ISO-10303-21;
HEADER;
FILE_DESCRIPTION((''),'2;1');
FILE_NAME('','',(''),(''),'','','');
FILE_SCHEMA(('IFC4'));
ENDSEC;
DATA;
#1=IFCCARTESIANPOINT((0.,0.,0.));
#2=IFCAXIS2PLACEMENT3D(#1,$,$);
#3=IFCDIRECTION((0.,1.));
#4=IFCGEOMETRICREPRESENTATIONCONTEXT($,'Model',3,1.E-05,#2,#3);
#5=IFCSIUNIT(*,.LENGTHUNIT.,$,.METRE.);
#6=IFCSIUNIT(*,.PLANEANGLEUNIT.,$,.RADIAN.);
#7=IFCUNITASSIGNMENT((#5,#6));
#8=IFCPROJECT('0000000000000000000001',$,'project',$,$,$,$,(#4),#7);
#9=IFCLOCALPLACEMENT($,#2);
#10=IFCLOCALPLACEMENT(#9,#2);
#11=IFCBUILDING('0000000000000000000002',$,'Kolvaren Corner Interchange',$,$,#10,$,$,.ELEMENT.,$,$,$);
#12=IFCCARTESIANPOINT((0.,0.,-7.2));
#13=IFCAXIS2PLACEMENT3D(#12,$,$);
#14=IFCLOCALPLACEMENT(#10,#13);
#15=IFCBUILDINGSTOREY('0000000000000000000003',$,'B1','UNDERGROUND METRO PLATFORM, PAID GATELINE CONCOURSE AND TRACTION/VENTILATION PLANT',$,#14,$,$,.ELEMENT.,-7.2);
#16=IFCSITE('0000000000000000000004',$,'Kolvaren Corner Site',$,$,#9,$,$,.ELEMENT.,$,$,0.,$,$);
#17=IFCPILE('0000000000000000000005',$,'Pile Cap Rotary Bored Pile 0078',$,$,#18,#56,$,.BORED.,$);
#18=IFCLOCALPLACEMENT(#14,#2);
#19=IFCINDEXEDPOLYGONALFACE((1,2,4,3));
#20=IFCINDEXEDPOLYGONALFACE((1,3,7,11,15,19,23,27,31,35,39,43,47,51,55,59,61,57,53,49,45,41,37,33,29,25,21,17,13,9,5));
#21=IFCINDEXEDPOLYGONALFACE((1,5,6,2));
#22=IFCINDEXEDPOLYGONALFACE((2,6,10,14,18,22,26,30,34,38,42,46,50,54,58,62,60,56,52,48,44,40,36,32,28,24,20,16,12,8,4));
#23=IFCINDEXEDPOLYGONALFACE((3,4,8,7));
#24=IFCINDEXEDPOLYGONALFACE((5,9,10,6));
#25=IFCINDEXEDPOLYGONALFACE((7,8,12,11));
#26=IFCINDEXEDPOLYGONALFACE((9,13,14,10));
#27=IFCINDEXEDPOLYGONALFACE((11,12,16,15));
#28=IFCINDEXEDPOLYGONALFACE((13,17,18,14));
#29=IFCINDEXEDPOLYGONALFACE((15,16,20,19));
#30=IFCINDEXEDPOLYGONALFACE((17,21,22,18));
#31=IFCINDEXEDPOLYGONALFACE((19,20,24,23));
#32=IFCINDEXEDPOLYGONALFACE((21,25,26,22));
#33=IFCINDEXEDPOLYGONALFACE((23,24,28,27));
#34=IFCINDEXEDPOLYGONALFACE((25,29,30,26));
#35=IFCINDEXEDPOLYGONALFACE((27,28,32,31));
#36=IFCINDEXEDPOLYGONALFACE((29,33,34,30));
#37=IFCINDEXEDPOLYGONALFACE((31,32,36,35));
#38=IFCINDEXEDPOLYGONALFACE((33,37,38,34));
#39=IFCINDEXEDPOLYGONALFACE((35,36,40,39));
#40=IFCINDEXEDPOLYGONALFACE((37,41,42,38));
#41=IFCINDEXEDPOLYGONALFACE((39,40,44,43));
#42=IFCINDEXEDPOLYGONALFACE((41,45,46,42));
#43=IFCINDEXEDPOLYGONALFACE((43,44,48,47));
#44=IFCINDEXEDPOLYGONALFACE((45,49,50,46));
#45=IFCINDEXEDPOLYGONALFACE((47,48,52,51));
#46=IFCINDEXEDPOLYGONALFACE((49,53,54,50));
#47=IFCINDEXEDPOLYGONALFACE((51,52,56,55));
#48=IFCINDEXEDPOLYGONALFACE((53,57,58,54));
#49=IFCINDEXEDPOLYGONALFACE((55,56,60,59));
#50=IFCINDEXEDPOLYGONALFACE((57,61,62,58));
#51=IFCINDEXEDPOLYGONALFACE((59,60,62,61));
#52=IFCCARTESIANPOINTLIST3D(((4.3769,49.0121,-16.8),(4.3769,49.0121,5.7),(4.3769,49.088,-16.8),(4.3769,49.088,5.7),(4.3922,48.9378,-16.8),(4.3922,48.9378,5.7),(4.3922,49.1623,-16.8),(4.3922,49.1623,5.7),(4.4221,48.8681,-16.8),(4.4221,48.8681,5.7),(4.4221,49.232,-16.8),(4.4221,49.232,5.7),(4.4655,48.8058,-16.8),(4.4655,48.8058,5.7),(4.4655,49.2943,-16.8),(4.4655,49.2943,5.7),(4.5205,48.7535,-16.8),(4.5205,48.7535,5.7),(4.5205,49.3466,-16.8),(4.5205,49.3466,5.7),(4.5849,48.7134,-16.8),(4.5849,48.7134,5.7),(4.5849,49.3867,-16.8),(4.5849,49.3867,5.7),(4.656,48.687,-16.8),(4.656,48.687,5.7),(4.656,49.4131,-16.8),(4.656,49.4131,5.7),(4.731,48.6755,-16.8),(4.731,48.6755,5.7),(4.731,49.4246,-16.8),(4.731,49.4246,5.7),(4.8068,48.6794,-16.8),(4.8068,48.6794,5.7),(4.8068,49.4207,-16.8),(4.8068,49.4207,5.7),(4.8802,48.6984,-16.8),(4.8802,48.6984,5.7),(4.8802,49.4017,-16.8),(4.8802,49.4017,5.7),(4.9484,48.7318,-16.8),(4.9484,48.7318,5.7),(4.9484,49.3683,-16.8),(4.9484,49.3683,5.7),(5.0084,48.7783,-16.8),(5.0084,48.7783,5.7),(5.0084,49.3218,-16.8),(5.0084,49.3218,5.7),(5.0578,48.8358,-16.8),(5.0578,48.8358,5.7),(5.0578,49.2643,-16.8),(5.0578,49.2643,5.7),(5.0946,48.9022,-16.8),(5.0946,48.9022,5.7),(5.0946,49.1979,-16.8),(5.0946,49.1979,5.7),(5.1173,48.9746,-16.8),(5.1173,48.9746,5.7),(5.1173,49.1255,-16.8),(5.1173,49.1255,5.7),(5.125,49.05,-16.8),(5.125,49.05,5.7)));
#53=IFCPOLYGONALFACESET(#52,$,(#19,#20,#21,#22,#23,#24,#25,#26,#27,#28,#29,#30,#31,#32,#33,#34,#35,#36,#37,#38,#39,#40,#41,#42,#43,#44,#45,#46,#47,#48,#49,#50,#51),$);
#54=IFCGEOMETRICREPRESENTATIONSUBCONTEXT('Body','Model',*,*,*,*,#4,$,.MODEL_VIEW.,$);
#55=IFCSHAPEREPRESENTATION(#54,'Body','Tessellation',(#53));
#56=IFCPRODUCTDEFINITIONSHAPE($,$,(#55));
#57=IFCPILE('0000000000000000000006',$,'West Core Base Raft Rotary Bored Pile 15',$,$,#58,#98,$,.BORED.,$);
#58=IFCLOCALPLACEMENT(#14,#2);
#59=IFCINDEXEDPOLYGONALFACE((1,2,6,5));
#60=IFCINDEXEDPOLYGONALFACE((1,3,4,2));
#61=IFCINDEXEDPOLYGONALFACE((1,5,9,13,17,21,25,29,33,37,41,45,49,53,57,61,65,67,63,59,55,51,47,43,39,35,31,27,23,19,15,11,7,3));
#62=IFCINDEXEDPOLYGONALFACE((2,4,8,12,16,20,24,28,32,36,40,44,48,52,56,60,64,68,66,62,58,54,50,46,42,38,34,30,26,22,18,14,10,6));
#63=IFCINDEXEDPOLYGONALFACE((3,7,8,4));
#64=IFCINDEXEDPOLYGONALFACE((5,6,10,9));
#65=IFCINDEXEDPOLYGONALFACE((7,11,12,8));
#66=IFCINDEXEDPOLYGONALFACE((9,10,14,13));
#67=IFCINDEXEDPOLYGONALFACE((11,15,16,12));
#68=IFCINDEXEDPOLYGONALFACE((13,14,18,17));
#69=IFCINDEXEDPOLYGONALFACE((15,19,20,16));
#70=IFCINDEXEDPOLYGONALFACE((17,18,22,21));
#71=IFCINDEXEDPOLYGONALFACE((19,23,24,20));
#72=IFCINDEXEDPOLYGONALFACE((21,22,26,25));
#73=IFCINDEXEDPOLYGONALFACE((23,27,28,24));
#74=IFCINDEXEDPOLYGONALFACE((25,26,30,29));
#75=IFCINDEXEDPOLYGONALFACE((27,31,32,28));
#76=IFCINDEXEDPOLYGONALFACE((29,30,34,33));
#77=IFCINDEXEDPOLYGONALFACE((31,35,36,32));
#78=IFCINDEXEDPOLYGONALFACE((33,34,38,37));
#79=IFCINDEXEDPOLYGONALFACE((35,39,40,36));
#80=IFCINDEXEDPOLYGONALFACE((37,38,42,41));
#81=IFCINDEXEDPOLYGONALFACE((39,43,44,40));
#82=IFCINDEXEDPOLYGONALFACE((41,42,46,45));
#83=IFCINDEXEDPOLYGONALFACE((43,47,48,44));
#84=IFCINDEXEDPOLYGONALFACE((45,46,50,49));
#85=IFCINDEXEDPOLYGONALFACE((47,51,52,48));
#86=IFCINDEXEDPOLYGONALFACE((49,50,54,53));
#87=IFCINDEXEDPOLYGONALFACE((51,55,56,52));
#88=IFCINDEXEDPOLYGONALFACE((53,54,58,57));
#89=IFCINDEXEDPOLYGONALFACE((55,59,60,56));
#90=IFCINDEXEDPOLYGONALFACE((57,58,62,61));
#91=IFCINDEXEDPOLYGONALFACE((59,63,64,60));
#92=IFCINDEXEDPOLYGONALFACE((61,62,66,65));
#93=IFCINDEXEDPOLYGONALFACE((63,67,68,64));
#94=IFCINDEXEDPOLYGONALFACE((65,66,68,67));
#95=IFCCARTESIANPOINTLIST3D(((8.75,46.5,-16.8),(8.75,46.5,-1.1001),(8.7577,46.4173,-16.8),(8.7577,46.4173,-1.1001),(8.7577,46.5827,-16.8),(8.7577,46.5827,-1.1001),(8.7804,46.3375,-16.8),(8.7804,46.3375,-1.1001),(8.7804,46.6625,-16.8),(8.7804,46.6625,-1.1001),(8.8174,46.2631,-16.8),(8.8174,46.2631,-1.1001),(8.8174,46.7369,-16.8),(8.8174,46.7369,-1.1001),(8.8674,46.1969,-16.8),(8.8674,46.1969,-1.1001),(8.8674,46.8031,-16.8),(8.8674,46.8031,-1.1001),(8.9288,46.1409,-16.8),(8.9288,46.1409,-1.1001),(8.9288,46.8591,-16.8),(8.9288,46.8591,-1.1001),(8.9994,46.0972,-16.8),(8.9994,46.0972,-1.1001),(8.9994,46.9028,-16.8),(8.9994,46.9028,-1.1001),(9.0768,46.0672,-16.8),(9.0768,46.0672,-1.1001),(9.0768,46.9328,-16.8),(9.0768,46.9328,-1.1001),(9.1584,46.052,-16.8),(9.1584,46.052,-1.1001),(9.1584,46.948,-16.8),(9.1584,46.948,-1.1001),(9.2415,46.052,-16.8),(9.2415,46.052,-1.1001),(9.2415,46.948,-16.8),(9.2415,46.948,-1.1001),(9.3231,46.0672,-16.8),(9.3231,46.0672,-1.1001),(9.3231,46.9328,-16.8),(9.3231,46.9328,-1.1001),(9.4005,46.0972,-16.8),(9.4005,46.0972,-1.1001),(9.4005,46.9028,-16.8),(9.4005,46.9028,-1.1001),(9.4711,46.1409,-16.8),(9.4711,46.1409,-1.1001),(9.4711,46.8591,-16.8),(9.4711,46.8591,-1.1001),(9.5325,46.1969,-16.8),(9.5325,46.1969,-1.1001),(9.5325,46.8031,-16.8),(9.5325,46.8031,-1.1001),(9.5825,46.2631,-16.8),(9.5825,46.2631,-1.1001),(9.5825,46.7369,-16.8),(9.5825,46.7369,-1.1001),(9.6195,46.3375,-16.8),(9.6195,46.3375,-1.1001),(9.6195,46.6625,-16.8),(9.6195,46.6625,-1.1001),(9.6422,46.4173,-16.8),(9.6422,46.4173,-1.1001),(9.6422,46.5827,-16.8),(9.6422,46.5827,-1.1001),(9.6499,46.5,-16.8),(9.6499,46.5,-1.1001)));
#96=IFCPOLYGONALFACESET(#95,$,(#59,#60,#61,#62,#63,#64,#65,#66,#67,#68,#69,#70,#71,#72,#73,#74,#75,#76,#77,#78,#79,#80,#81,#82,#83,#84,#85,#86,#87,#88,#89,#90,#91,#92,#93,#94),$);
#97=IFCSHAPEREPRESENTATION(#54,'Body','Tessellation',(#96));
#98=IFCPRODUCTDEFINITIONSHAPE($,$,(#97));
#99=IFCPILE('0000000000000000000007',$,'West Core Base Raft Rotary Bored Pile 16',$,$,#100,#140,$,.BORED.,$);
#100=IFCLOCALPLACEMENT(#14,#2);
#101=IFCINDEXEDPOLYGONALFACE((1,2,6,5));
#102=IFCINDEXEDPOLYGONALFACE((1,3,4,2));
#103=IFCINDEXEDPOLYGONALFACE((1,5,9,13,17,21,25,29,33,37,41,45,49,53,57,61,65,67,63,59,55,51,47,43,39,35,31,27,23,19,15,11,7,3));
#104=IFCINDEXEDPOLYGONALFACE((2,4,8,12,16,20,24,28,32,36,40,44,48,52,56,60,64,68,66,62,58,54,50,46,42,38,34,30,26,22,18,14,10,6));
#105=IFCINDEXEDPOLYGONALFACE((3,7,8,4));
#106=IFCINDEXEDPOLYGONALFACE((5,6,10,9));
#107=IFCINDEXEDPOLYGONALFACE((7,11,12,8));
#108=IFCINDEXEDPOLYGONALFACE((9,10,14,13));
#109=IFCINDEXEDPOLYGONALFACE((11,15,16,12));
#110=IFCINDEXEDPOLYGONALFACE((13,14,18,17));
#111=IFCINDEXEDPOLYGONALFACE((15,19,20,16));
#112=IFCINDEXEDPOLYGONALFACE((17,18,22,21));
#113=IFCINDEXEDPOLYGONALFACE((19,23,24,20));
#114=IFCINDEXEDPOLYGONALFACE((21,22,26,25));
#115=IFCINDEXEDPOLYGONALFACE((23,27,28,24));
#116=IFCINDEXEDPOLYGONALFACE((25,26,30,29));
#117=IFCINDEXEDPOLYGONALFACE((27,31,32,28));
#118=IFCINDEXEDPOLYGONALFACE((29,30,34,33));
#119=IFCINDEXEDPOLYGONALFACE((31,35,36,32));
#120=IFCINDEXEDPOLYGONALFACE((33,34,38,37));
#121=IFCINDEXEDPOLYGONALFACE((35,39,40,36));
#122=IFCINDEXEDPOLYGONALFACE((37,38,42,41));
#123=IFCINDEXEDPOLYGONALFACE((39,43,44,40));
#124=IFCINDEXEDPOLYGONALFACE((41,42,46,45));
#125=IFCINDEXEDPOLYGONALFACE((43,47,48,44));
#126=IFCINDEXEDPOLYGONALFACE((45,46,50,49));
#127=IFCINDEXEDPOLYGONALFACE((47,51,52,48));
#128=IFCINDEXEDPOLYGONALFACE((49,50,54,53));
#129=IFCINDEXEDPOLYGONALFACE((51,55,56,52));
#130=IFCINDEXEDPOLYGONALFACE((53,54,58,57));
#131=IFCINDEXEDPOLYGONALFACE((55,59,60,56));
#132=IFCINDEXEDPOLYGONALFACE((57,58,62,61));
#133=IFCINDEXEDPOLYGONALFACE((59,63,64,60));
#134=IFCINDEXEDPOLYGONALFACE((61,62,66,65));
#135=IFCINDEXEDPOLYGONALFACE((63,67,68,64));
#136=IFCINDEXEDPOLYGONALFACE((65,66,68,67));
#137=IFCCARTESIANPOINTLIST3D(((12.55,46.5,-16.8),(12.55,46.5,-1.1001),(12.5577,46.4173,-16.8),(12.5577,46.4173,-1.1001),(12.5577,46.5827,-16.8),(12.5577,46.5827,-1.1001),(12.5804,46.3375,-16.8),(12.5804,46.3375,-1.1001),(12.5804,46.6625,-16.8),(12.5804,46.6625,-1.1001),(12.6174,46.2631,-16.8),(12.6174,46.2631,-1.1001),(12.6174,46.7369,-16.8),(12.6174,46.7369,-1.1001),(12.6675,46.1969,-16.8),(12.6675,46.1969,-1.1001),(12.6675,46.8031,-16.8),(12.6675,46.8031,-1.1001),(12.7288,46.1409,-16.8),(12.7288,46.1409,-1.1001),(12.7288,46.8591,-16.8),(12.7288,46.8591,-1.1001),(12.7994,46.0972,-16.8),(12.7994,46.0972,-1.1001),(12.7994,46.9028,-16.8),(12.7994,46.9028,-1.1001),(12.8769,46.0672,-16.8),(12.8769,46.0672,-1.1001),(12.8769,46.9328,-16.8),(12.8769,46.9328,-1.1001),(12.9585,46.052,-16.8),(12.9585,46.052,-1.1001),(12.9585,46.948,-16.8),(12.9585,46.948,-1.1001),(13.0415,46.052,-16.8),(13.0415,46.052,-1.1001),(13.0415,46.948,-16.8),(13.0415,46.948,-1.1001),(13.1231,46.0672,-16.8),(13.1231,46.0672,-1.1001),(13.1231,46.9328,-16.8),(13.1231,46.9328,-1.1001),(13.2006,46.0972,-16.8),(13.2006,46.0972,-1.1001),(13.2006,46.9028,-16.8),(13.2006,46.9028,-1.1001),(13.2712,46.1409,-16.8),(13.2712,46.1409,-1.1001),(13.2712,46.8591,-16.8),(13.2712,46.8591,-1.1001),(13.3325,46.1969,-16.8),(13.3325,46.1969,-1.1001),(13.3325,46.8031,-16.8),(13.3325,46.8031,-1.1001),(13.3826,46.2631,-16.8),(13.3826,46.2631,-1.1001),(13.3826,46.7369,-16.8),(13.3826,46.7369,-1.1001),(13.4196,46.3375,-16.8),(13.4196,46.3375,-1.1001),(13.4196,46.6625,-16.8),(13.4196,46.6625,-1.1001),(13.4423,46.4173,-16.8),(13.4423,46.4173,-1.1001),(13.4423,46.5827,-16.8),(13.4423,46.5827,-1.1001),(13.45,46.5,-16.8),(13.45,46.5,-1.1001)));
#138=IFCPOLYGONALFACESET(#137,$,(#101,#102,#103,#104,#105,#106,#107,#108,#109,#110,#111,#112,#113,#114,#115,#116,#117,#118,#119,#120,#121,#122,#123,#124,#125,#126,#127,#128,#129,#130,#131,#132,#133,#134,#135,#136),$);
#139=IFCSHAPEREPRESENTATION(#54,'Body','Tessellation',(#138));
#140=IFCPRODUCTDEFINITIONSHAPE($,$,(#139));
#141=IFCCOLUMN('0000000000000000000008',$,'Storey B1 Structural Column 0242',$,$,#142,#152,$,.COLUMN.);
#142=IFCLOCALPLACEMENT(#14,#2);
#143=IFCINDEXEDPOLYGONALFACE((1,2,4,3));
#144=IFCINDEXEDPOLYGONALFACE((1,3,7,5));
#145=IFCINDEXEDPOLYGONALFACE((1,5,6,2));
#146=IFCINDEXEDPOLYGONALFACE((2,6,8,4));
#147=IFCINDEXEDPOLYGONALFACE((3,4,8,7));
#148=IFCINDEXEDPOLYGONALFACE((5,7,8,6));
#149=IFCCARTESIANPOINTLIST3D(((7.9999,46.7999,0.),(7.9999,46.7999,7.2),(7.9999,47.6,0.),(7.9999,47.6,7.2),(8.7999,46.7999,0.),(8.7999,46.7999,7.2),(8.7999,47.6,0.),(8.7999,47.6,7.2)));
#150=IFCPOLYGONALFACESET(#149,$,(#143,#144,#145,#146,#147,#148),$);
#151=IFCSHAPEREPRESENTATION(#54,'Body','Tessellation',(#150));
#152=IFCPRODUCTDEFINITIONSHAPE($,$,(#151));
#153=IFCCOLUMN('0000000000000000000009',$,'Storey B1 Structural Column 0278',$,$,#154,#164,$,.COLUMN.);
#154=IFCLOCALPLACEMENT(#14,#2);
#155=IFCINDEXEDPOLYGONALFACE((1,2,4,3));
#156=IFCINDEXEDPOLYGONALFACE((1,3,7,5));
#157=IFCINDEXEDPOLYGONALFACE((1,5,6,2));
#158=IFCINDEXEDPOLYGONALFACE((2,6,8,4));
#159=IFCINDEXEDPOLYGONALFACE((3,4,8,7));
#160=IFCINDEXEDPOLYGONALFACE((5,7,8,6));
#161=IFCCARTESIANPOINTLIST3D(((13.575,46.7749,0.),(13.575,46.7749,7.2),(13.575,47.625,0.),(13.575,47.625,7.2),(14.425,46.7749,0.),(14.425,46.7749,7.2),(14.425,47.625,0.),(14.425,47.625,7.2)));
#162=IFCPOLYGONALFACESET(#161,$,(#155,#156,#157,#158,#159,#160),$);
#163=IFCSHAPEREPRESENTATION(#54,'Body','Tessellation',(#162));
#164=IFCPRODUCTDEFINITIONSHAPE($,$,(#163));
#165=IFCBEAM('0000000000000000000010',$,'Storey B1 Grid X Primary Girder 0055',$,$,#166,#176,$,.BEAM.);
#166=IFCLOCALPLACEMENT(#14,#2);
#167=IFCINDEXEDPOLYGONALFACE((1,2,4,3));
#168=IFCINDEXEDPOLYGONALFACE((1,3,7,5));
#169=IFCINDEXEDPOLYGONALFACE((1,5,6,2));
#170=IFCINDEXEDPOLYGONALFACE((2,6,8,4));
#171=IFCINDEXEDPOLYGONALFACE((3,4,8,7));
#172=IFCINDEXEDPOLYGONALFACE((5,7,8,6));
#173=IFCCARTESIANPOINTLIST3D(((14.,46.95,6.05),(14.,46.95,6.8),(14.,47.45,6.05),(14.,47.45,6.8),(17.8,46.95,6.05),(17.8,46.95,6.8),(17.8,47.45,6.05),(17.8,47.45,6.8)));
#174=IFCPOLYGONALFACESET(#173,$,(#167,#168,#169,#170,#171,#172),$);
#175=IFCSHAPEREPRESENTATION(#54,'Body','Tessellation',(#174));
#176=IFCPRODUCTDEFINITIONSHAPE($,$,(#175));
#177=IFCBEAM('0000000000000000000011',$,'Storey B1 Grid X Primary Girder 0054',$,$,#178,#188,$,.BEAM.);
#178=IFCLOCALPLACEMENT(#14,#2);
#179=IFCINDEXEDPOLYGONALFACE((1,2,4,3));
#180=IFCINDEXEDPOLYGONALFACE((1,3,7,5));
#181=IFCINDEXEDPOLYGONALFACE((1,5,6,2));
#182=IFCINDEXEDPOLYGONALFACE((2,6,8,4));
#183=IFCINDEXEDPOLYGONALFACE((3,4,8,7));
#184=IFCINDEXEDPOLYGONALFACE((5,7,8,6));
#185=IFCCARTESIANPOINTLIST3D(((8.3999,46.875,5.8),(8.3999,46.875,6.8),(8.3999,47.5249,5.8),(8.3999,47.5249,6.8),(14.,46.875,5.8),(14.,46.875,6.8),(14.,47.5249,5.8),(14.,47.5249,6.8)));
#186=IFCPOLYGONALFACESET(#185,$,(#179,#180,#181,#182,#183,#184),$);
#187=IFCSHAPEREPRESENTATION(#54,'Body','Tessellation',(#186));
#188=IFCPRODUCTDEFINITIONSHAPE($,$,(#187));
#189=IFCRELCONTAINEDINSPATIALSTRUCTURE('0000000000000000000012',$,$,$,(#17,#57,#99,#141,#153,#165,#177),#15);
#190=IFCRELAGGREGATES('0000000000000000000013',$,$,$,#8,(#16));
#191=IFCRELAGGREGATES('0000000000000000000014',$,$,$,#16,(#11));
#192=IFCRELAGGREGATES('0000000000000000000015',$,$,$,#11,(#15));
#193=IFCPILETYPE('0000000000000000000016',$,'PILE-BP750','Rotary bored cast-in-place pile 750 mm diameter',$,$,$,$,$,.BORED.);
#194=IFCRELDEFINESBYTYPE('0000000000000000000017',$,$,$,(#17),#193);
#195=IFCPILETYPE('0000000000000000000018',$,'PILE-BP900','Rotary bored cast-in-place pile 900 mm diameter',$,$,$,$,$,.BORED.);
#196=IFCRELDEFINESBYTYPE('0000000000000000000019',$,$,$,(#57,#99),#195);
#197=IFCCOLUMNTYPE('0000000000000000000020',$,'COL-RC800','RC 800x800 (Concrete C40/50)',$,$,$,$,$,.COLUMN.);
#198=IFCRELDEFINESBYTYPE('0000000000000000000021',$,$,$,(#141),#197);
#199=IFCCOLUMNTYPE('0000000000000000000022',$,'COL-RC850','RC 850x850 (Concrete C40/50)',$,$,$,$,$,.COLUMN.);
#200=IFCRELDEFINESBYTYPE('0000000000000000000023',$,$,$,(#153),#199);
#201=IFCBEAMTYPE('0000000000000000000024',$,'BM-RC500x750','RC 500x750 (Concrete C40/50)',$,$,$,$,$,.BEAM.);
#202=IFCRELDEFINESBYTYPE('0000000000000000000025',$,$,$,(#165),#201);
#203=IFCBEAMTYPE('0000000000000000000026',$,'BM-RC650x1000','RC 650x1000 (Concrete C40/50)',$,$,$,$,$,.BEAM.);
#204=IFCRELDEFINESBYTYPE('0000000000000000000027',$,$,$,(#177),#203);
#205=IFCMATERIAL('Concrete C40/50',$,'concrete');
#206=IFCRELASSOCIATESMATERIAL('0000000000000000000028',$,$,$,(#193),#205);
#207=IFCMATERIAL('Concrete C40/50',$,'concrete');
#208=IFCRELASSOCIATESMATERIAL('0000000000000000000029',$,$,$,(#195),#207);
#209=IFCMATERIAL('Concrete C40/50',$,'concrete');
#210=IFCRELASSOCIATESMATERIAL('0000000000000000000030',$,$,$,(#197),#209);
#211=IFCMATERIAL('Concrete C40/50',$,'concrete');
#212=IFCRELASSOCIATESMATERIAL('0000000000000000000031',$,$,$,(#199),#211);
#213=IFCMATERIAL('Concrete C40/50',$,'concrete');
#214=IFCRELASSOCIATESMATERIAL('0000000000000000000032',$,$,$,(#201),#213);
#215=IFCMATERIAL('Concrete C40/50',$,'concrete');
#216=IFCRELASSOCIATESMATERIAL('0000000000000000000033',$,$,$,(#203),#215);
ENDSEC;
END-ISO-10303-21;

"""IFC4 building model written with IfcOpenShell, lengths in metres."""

from ifc_helpers import new_model, si_unit, direction, frame, origin, origin_2d, place, context, subcontext, project, spatial, rectangle, circle, extrude, material, material_profile, profile_set, type_object, element, save


model = new_model("IFC4")

# Units and contexts
model_context = context("Model", 3, precision=1e-05, world=origin(), true_north=direction((0.0, 1.0)))
body_context = subcontext(model_context, "Body", "Model", "MODEL_VIEW")
ifc_project = project(units=[si_unit("LENGTHUNIT", "METRE"), si_unit("PLANEANGLEUNIT", "RADIAN")], contexts=[model_context])

# Site, building, storey
site_placement = place(None, origin())
site = spatial("IfcSite", under=ifc_project, at=site_placement, Name="Kolvaren Corner Site", CompositionType="ELEMENT", RefElevation=0.0)
building_placement = place(site_placement, origin())
building = spatial("IfcBuilding", under=site, at=building_placement, Name="Kolvaren Corner Interchange", CompositionType="ELEMENT")
storey_placement = place(building_placement, frame((0.0, 0.0, -7.2)))
storey = spatial("IfcBuildingStorey", under=building, at=storey_placement, Name="B1", Description="UNDERGROUND METRO PLATFORM, PAID GATELINE CONCOURSE AND TRACTION/VENTILATION PLANT", CompositionType="ELEMENT", Elevation=-7.2)

# Piles
ifc_material_1 = material(Name="Concrete C40/50", Category="concrete")
ifc_material_profile_1 = material_profile(ifc_material_1, circle(Radius=0.375, at=origin_2d()), Name="BORED PILE 750")
ifc_profile_set_1 = profile_set([ifc_material_profile_1], Name="Concrete C40/50")
pile_type_1 = type_object("IfcPileType", Name="PILE-BP750", Description="Rotary bored cast-in-place pile 750 mm diameter", PredefinedType="BORED", material=ifc_profile_set_1)
for number, where, z_axis, x_axis, name in (
    (1, (4.75, 49.05, 5.7), (0.0, 0.0, -1.0), (1.0, 0.0, 0.0), "Pile Cap Rotary Bored Pile 0078"),
):
    element("IfcPile", number, at=place(storey_placement, frame(where, z_axis=z_axis, x_axis=x_axis)), inside=storey, type_object=pile_type_1, Name=name, PredefinedType="BORED", context=body_context, shape_type="SweptSolid", body=[
        extrude(circle(Radius=0.375, at=origin_2d()), origin(), (0.0, 0.0, 1.0), 22.5),
    ])
ifc_material_2 = material(Name="Concrete C40/50", Category="concrete")
ifc_material_profile_2 = material_profile(ifc_material_2, circle(Radius=0.45, at=origin_2d()), Name="BORED PILE 900")
ifc_profile_set_2 = profile_set([ifc_material_profile_2], Name="Concrete C40/50")
pile_type_2 = type_object("IfcPileType", Name="PILE-BP900", Description="Rotary bored cast-in-place pile 900 mm diameter", PredefinedType="BORED", material=ifc_profile_set_2)
for number, where, z_axis, x_axis, name in (
    (2, (9.2, 46.5, -1.1001), (0.0, 0.0, -1.0), (1.0, 0.0, 0.0), "West Core Base Raft Rotary Bored Pile 15"),
    (3, (13.0, 46.5, -1.1001), (0.0, 0.0, -1.0), (1.0, 0.0, 0.0), "West Core Base Raft Rotary Bored Pile 16"),
):
    element("IfcPile", number, at=place(storey_placement, frame(where, z_axis=z_axis, x_axis=x_axis)), inside=storey, type_object=pile_type_2, Name=name, PredefinedType="BORED", context=body_context, shape_type="SweptSolid", body=[
        extrude(circle(Radius=0.45, at=origin_2d()), origin(), (0.0, 0.0, 1.0), 15.7),
    ])

# Columns
ifc_material_3 = material(Name="Concrete C40/50", Category="concrete")
ifc_material_profile_3 = material_profile(ifc_material_3, rectangle(XDim=0.8, YDim=0.8, at=origin_2d()), Name="RC 800x800")
ifc_profile_set_3 = profile_set([ifc_material_profile_3], Name="Concrete C40/50")
column_type_1 = type_object("IfcColumnType", Name="COL-RC800", Description="RC 800x800 (Concrete C40/50)", PredefinedType="COLUMN", material=ifc_profile_set_3)
column_1_placement = place(storey_placement, frame((8.3999, 47.2, 0.0), z_axis=(0.0, 0.0, 1.0), x_axis=(1.0, 0.0, 0.0)))
element("IfcColumn", 4, at=column_1_placement, inside=storey, type_object=column_type_1, Name="Storey B1 Structural Column 0242", PredefinedType="COLUMN", context=body_context, shape_type="SweptSolid", body=[
    extrude(rectangle(XDim=0.8, YDim=0.8, at=origin_2d()), origin(), (0.0, 0.0, 1.0), 7.2),
])
ifc_material_4 = material(Name="Concrete C40/50", Category="concrete")
ifc_material_profile_4 = material_profile(ifc_material_4, rectangle(XDim=0.8501, YDim=0.8501, at=origin_2d()), Name="RC 850x850")
ifc_profile_set_4 = profile_set([ifc_material_profile_4], Name="Concrete C40/50")
column_type_2 = type_object("IfcColumnType", Name="COL-RC850", Description="RC 850x850 (Concrete C40/50)", PredefinedType="COLUMN", material=ifc_profile_set_4)
column_2_placement = place(storey_placement, frame((14.0, 47.2, 0.0), z_axis=(0.0, 0.0, 1.0), x_axis=(1.0, 0.0, 0.0)))
element("IfcColumn", 5, at=column_2_placement, inside=storey, type_object=column_type_2, Name="Storey B1 Structural Column 0278", PredefinedType="COLUMN", context=body_context, shape_type="SweptSolid", body=[
    extrude(rectangle(XDim=0.8501, YDim=0.8501, at=origin_2d()), origin(), (0.0, 0.0, 1.0), 7.2),
])

# Beams
ifc_material_5 = material(Name="Concrete C40/50", Category="concrete")
ifc_material_profile_5 = material_profile(ifc_material_5, rectangle(XDim=0.5, YDim=0.75, at=origin_2d()), Name="RC 500x750")
ifc_profile_set_5 = profile_set([ifc_material_profile_5], Name="Concrete C40/50")
beam_type_1 = type_object("IfcBeamType", Name="BM-RC500x750", Description="RC 500x750 (Concrete C40/50)", PredefinedType="BEAM", material=ifc_profile_set_5)
beam_1_placement = place(storey_placement, frame((14.0, 47.2, 6.425), z_axis=(1.0, 0.0, 0.0), x_axis=(0.0, 1.0, 0.0)))
element("IfcBeam", 6, at=beam_1_placement, inside=storey, type_object=beam_type_1, Name="Storey B1 Grid X Primary Girder 0055", PredefinedType="BEAM", context=body_context, shape_type="SweptSolid", body=[
    extrude(rectangle(XDim=0.5, YDim=0.75, at=origin_2d()), origin(), (0.0, 0.0, 1.0), 3.8),
])
ifc_material_6 = material(Name="Concrete C40/50", Category="concrete")
ifc_material_profile_6 = material_profile(ifc_material_6, rectangle(XDim=0.6499, YDim=1.0, at=origin_2d()), Name="RC 650x1000")
ifc_profile_set_6 = profile_set([ifc_material_profile_6], Name="Concrete C40/50")
beam_type_2 = type_object("IfcBeamType", Name="BM-RC650x1000", Description="RC 650x1000 (Concrete C40/50)", PredefinedType="BEAM", material=ifc_profile_set_6)
beam_2_placement = place(storey_placement, frame((8.3999, 47.2, 6.3), z_axis=(1.0, 0.0, 0.0), x_axis=(0.0, 1.0, 0.0)))
element("IfcBeam", 7, at=beam_2_placement, inside=storey, type_object=beam_type_2, Name="Storey B1 Grid X Primary Girder 0054", PredefinedType="BEAM", context=body_context, shape_type="SweptSolid", body=[
    extrude(rectangle(XDim=0.6499, YDim=1.0, at=origin_2d()), origin(), (0.0, 0.0, 1.0), 5.6001),
])

save(model, "model.ifc")
